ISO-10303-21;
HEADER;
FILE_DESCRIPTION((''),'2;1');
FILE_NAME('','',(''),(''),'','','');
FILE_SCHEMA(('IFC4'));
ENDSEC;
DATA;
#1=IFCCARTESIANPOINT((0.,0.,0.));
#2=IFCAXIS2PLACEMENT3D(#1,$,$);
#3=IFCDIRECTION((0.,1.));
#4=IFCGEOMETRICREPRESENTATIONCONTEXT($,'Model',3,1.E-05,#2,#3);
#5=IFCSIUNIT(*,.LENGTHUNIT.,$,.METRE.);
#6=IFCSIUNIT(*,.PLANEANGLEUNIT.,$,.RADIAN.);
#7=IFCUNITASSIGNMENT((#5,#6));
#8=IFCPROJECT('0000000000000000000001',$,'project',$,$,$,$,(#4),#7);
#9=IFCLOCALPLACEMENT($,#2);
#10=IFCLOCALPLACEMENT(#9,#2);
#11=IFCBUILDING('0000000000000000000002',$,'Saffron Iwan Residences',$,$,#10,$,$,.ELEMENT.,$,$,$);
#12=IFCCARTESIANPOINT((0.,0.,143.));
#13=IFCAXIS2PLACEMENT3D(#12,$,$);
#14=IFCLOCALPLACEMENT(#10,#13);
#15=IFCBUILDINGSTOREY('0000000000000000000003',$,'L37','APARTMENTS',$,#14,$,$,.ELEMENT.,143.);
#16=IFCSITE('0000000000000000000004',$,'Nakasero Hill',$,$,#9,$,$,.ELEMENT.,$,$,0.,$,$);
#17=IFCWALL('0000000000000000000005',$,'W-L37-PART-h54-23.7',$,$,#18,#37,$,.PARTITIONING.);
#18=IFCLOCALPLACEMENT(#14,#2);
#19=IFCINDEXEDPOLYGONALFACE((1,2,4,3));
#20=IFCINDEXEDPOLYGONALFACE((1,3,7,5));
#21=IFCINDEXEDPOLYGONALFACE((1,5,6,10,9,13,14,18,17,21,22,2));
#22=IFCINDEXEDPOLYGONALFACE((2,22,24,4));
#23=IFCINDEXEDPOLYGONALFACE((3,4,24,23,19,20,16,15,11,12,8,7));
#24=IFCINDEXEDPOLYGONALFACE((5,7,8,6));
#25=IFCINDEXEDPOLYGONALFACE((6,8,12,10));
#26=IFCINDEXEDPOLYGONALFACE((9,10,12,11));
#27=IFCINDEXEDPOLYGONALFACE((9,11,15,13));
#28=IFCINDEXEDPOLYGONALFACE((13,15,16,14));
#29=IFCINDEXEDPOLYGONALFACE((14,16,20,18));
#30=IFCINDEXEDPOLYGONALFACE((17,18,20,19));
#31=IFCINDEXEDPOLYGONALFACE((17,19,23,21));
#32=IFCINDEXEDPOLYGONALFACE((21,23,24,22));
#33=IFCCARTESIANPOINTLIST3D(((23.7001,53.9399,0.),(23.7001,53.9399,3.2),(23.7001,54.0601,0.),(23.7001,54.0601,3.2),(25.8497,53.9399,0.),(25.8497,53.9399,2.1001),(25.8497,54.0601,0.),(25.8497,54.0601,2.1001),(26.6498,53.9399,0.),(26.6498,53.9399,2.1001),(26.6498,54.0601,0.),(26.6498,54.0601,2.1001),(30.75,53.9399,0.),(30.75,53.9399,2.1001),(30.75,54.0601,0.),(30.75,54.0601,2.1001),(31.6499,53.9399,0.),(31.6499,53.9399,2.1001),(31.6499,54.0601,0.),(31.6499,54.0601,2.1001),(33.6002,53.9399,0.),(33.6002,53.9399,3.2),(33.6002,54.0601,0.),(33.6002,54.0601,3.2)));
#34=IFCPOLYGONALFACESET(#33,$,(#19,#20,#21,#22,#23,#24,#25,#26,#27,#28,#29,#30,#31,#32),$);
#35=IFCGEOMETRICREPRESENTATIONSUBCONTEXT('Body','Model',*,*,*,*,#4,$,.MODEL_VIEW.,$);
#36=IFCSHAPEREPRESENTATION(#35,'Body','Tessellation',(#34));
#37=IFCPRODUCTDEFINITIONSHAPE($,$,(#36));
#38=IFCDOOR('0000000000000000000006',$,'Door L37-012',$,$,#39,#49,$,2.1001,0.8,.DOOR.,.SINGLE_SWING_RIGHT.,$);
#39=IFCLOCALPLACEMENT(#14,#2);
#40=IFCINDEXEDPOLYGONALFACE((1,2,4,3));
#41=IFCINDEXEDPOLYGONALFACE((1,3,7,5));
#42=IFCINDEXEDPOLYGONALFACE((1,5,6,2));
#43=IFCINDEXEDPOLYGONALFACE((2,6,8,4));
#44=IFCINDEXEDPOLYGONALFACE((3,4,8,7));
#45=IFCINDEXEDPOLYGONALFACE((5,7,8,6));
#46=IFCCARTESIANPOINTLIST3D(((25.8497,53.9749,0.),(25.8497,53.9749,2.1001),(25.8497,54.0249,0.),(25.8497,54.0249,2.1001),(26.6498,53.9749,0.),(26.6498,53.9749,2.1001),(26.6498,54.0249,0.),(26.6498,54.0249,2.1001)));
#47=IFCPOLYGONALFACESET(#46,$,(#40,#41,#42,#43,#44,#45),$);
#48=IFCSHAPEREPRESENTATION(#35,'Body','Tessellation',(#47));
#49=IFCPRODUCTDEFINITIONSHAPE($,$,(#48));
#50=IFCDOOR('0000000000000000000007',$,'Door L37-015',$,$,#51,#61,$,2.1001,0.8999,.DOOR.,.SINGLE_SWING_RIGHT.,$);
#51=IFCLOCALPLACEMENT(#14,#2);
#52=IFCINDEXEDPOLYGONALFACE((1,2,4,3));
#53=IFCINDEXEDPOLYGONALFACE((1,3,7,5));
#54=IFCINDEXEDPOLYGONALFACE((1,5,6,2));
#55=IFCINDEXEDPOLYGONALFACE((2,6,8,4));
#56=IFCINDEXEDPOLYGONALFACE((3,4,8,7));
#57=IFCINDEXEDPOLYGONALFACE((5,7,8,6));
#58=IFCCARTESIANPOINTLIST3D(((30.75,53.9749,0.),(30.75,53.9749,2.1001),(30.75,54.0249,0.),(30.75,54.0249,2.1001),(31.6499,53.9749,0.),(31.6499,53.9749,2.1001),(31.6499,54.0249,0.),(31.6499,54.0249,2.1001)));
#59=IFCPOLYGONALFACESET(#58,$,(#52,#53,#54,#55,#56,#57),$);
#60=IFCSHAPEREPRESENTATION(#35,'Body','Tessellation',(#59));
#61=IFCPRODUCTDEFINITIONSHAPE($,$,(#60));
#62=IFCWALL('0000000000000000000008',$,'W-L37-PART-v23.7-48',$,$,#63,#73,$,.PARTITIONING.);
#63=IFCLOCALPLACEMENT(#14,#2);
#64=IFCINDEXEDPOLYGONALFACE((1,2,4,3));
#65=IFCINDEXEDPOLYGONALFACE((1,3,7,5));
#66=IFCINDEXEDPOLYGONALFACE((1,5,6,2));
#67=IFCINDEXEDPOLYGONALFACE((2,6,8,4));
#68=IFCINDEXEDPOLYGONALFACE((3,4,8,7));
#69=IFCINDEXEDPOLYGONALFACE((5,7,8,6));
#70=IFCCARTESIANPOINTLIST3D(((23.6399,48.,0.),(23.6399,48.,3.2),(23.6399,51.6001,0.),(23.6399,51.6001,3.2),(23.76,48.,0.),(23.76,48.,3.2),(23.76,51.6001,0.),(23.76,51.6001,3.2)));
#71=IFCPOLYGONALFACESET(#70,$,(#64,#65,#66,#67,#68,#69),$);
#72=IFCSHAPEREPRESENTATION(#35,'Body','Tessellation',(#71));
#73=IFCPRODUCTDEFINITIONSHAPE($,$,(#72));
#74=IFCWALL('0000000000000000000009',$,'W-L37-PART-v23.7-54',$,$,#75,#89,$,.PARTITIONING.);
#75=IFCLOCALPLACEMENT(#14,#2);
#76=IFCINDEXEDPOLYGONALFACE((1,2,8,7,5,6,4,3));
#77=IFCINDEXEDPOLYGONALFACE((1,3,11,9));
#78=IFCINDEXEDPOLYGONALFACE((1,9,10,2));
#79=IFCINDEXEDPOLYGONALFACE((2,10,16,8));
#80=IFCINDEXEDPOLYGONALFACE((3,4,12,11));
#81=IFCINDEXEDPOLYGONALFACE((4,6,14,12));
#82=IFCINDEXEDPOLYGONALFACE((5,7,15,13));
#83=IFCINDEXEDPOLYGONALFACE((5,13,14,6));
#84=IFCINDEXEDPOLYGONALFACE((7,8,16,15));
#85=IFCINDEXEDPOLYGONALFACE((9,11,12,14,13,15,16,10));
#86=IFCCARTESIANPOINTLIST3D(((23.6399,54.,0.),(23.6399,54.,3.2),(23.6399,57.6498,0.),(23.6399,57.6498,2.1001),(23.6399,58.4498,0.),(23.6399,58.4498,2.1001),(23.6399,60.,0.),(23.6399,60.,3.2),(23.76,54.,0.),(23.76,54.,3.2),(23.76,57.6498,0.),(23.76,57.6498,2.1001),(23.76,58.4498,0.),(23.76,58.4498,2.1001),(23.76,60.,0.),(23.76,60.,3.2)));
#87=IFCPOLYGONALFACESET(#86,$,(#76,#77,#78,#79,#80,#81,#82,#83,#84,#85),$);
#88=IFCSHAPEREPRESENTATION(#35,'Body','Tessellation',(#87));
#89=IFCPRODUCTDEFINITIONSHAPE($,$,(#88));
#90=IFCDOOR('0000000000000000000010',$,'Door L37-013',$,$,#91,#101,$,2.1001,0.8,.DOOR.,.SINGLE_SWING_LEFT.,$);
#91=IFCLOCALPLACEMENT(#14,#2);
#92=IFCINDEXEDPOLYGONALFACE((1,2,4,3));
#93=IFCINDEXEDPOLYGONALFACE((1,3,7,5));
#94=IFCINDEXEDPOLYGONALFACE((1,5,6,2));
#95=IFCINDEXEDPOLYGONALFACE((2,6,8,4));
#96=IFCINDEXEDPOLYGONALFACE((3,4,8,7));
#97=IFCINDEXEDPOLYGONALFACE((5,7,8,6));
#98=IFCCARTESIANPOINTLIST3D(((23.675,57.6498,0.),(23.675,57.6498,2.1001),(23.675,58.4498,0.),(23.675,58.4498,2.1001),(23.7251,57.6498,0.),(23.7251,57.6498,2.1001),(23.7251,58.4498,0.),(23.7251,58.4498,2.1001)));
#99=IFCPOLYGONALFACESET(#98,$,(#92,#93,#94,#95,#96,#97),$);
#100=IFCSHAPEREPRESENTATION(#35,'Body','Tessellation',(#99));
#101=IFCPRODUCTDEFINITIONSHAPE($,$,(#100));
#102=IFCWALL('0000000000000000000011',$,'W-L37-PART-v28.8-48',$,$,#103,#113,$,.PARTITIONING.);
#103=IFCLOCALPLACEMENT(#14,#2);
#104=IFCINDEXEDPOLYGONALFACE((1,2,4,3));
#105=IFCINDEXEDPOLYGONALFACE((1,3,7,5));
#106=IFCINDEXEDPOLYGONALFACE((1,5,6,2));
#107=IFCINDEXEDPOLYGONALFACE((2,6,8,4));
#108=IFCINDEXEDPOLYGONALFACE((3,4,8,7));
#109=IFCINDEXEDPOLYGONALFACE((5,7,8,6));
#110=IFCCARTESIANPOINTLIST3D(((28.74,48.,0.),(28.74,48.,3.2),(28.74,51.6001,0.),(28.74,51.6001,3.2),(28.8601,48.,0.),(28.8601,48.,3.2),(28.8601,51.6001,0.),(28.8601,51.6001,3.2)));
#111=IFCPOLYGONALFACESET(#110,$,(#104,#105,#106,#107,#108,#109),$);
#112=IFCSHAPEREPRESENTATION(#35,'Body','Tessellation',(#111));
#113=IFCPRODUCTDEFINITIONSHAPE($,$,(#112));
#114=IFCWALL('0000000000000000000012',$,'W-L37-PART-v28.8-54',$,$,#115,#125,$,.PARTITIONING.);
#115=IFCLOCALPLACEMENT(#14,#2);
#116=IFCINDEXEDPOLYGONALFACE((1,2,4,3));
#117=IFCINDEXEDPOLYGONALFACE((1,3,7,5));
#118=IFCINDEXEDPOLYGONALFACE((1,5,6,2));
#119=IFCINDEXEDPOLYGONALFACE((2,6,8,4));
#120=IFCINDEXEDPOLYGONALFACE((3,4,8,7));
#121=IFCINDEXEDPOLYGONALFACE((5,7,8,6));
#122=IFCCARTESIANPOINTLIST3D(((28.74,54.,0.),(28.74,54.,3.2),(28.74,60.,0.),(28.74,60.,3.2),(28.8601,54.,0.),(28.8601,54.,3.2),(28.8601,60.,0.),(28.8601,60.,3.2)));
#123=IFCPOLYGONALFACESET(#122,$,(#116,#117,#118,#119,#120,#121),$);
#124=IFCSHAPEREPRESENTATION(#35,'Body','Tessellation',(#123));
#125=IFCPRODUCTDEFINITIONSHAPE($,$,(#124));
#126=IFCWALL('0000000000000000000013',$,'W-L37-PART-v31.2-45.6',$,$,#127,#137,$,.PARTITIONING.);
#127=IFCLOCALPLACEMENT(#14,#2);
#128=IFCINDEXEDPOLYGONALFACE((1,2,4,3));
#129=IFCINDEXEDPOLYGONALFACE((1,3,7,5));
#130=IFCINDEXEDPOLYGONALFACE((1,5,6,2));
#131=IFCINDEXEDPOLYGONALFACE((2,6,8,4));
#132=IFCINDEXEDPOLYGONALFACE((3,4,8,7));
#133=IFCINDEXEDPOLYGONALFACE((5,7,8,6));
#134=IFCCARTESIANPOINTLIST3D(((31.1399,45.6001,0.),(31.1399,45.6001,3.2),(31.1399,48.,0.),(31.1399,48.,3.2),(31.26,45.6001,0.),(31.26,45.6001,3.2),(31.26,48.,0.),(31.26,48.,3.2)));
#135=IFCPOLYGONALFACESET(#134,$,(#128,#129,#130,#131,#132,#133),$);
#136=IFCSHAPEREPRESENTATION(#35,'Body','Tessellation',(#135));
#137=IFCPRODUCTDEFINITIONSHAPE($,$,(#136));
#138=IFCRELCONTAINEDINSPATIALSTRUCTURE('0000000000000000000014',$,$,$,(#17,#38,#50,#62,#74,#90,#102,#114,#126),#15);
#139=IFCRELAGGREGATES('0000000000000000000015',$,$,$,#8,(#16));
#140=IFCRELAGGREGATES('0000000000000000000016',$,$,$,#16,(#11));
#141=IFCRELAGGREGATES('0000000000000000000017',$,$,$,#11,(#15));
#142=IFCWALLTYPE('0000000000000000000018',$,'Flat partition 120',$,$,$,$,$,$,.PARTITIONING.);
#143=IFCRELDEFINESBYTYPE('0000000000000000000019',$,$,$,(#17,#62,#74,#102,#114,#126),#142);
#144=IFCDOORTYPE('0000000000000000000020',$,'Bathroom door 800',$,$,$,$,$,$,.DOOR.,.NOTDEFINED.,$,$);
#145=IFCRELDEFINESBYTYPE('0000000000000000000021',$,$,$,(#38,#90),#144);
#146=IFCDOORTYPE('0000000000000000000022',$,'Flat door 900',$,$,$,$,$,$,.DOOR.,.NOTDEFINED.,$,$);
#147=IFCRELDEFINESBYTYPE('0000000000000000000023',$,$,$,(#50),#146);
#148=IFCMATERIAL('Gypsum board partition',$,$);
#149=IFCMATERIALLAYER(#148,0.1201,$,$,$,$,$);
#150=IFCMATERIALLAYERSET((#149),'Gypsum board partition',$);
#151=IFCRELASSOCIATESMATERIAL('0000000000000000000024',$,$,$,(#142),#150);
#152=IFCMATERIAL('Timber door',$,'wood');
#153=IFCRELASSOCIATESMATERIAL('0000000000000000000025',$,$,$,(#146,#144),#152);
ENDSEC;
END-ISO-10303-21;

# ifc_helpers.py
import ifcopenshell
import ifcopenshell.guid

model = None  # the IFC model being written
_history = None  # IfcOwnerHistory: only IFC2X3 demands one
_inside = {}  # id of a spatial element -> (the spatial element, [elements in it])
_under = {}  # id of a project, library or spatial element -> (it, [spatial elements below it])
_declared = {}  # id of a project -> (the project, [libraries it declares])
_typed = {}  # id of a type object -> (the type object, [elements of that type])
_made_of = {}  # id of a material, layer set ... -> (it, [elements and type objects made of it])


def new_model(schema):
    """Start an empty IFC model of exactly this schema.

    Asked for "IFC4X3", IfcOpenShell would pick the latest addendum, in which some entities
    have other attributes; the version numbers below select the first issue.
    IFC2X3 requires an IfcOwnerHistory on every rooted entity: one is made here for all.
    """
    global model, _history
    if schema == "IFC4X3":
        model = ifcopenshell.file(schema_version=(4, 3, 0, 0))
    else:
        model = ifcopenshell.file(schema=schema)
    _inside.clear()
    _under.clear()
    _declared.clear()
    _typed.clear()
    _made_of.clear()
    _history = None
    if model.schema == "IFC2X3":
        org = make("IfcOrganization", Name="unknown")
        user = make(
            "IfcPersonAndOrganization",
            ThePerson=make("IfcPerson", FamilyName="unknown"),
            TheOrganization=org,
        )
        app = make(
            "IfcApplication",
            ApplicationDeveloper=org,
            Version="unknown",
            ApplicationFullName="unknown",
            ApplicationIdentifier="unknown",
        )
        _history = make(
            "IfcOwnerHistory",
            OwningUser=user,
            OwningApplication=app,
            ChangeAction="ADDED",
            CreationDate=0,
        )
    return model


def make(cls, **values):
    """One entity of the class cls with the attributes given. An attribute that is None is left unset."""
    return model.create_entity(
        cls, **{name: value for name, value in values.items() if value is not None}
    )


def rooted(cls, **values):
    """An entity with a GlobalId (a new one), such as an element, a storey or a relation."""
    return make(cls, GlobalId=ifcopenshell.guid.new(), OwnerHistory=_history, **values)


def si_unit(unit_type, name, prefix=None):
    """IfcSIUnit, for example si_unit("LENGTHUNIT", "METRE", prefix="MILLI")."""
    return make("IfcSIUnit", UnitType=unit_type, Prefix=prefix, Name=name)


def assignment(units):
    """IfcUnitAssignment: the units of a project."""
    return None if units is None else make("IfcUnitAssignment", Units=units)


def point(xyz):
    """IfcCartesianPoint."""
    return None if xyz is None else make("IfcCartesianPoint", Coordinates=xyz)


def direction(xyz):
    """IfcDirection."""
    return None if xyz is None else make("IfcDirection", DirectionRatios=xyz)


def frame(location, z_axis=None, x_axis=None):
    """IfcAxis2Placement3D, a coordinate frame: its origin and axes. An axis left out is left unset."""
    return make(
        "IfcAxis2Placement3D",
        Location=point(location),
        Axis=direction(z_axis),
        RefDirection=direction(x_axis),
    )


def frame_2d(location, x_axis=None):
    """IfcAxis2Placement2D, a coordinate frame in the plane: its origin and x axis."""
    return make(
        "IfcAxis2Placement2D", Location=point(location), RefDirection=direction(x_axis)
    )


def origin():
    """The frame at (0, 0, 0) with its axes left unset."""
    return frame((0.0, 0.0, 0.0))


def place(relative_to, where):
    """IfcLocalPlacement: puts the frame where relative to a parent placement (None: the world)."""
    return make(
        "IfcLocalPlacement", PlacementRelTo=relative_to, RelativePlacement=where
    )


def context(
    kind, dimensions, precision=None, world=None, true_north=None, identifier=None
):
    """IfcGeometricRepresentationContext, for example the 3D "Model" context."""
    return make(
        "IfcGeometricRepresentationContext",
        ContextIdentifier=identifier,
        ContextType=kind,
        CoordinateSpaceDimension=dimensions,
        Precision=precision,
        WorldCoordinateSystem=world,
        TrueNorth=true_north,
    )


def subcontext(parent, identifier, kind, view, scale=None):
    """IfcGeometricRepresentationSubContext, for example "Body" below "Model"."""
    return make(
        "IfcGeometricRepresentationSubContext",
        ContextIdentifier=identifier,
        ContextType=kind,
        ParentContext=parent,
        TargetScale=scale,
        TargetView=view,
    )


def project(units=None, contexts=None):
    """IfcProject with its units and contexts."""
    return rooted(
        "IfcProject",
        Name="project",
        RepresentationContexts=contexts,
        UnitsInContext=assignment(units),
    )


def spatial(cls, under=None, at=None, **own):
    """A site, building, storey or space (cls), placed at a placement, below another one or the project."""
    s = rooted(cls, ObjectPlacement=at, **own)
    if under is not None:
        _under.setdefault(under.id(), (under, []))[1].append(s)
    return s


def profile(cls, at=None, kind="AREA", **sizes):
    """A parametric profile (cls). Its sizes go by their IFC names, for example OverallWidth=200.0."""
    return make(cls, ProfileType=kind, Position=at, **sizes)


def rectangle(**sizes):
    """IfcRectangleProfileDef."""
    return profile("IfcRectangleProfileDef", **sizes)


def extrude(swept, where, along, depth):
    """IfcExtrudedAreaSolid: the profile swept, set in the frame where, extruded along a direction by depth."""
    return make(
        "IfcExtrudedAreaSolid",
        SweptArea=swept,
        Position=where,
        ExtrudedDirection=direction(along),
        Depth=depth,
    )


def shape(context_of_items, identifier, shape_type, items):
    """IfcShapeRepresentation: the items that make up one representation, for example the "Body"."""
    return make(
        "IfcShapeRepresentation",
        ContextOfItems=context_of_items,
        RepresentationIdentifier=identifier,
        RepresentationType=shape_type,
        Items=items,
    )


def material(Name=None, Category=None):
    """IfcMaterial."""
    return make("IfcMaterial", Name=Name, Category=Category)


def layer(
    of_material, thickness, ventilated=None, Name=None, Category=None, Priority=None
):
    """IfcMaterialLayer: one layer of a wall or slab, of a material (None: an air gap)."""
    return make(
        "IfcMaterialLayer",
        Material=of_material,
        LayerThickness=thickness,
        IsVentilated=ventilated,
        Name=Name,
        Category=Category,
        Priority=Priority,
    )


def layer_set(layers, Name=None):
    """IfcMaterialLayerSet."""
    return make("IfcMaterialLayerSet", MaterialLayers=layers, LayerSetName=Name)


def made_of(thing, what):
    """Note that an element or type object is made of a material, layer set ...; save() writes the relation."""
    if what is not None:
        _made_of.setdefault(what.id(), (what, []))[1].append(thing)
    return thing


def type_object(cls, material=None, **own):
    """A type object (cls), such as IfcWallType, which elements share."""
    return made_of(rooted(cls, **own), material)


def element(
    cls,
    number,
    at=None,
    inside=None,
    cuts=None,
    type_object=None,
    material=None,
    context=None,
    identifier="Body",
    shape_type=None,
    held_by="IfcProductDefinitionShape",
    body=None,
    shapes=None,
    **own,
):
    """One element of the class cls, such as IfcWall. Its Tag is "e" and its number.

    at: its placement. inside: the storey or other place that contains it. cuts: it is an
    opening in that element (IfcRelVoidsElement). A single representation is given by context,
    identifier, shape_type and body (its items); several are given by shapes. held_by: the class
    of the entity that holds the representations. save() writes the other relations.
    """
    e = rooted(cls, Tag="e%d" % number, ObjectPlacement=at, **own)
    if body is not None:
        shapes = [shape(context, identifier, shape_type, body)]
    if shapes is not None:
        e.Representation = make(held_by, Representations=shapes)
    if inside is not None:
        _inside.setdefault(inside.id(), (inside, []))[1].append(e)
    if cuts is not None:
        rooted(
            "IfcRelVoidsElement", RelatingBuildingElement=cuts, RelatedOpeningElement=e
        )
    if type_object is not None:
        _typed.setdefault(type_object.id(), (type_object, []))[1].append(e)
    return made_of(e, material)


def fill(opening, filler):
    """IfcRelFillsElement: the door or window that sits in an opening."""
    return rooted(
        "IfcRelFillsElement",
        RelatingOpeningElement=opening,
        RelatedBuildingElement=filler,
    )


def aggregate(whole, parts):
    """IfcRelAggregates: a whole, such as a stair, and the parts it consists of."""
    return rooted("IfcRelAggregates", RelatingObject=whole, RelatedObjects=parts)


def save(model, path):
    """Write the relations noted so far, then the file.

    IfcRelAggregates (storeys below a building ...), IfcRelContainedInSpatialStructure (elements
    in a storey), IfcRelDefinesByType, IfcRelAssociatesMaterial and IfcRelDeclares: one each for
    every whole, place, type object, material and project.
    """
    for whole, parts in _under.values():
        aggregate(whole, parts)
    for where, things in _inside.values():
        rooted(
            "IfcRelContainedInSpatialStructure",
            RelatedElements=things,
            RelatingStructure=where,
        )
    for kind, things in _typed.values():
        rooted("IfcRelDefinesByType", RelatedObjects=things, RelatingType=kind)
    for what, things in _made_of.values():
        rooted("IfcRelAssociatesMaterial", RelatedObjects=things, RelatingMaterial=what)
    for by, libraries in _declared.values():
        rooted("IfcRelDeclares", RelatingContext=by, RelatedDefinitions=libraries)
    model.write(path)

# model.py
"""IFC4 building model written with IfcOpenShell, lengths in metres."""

from ifc_helpers import new_model, si_unit, direction, frame, frame_2d, origin, place, context, subcontext, project, spatial, rectangle, extrude, material, layer, layer_set, type_object, element, fill, save


model = new_model("IFC4")

# Units and contexts
model_context = context("Model", 3, precision=1e-05, world=origin(), true_north=direction((0.0, 1.0)))
body_context = subcontext(model_context, "Body", "Model", "MODEL_VIEW")
ifc_project = project(units=[si_unit("LENGTHUNIT", "METRE"), si_unit("PLANEANGLEUNIT", "RADIAN")], contexts=[model_context])

# Site, building, storey
site_placement = place(None, origin())
site = spatial("IfcSite", under=ifc_project, at=site_placement, Name="Nakasero Hill", CompositionType="ELEMENT", RefElevation=0.0)
building_placement = place(site_placement, origin())
building = spatial("IfcBuilding", under=site, at=building_placement, Name="Saffron Iwan Residences", CompositionType="ELEMENT")
storey_placement = place(building_placement, frame((0.0, 0.0, 143.0)))
storey = spatial("IfcBuildingStorey", under=building, at=storey_placement, Name="L37", Description="APARTMENTS", CompositionType="ELEMENT", Elevation=143.0)

# Shared definitions
ifc_material_1 = material(Name="Gypsum board partition")
ifc_layer = layer(ifc_material_1, 0.1201)
ifc_layer_set = layer_set([ifc_layer], Name="Gypsum board partition")
wall_type = type_object("IfcWallType", Name="Flat partition 120", PredefinedType="PARTITIONING", material=ifc_layer_set)
ifc_material_2 = material(Name="Timber door", Category="wood")
door_type_1 = type_object("IfcDoorType", Name="Flat door 900", OperationType="NOTDEFINED", PredefinedType="DOOR", material=ifc_material_2)

# Wall, openings, doors
wall_1_placement = place(storey_placement, frame((23.7, 54.0, 0.0), z_axis=(0.0, 0.0, 1.0), x_axis=(1.0, 0.0, 0.0)))
wall_1 = element("IfcWall", 1, at=wall_1_placement, inside=storey, type_object=wall_type, Name="W-L37-PART-h54-23.7", PredefinedType="PARTITIONING", context=body_context, shape_type="SweptSolid", body=[
    extrude(rectangle(XDim=9.9001, YDim=0.1201, at=frame_2d((4.9502, 0.0))), origin(), (0.0, 0.0, 1.0), 3.2),
])
opening_1_placement = place(wall_1_placement, frame((2.1499, 0.0, 0.0)))
opening_1 = element("IfcOpeningElement", 2, at=opening_1_placement, cuts=wall_1, PredefinedType="OPENING", context=body_context, shape_type="SweptSolid", body=[
    extrude(rectangle(XDim=0.8, YDim=2.1001, at=frame_2d((0.3999, 1.05))), frame((0.0, 0.0701, 0.0), z_axis=(0.0, -1.0, 0.0), x_axis=(1.0, 0.0, 0.0)), (0.0, 0.0, 1.0), 0.1401),
])
opening_2_placement = place(wall_1_placement, frame((7.05, 0.0, 0.0)))
opening_2 = element("IfcOpeningElement", 3, at=opening_2_placement, cuts=wall_1, PredefinedType="OPENING", context=body_context, shape_type="SweptSolid", body=[
    extrude(rectangle(XDim=0.8999, YDim=2.1001, at=frame_2d((0.45, 1.05))), frame((0.0, 0.0701, 0.0), z_axis=(0.0, -1.0, 0.0), x_axis=(1.0, 0.0, 0.0)), (0.0, 0.0, 1.0), 0.1401),
])
door_type_2 = type_object("IfcDoorType", Name="Bathroom door 800", OperationType="NOTDEFINED", PredefinedType="DOOR", material=ifc_material_2)
door_1_placement = place(opening_1_placement, origin())
door_1 = element("IfcDoor", 4, at=door_1_placement, inside=storey, type_object=door_type_2, Name="Door L37-012", OperationType="SINGLE_SWING_RIGHT", OverallHeight=2.1001, OverallWidth=0.8, PredefinedType="DOOR", context=body_context, shape_type="SweptSolid", body=[
    extrude(rectangle(XDim=0.8, YDim=2.1001, at=frame_2d((0.3999, 1.05))), frame((0.0, 0.0249, 0.0), z_axis=(0.0, -1.0, 0.0), x_axis=(1.0, 0.0, 0.0)), (0.0, 0.0, 1.0), 0.05),
])
fill(opening_1, door_1)
door_2_placement = place(opening_2_placement, origin())
door_2 = element("IfcDoor", 5, at=door_2_placement, inside=storey, type_object=door_type_1, Name="Door L37-015", OperationType="SINGLE_SWING_RIGHT", OverallHeight=2.1001, OverallWidth=0.8999, PredefinedType="DOOR", context=body_context, shape_type="SweptSolid", body=[
    extrude(rectangle(XDim=0.8999, YDim=2.1001, at=frame_2d((0.45, 1.05))), frame((0.0, 0.0249, 0.0), z_axis=(0.0, -1.0, 0.0), x_axis=(1.0, 0.0, 0.0)), (0.0, 0.0, 1.0), 0.05),
])
fill(opening_2, door_2)

# Wall
wall_2_placement = place(storey_placement, frame((23.7, 48.0, 0.0), z_axis=(0.0, 0.0, 1.0), x_axis=(0.0, 1.0, 0.0)))
element("IfcWall", 6, at=wall_2_placement, inside=storey, type_object=wall_type, Name="W-L37-PART-v23.7-48", PredefinedType="PARTITIONING", context=body_context, shape_type="SweptSolid", body=[
    extrude(rectangle(XDim=3.6001, YDim=0.1201, at=frame_2d((1.8, 0.0))), origin(), (0.0, 0.0, 1.0), 3.2),
])

# Wall, opening, door
wall_3_placement = place(storey_placement, frame((23.7, 54.0, 0.0), z_axis=(0.0, 0.0, 1.0), x_axis=(0.0, 1.0, 0.0)))
wall_3 = element("IfcWall", 7, at=wall_3_placement, inside=storey, type_object=wall_type, Name="W-L37-PART-v23.7-54", PredefinedType="PARTITIONING", context=body_context, shape_type="SweptSolid", body=[
    extrude(rectangle(XDim=6.0, YDim=0.1201, at=frame_2d((3.0, 0.0))), origin(), (0.0, 0.0, 1.0), 3.2),
])
opening_3_placement = place(wall_3_placement, frame((3.6499, 0.0, 0.0)))
opening_3 = element("IfcOpeningElement", 8, at=opening_3_placement, cuts=wall_3, PredefinedType="OPENING", context=body_context, shape_type="SweptSolid", body=[
    extrude(rectangle(XDim=0.8, YDim=2.1001, at=frame_2d((0.3999, 1.05))), frame((0.0, 0.0701, 0.0), z_axis=(0.0, -1.0, 0.0), x_axis=(1.0, 0.0, 0.0)), (0.0, 0.0, 1.0), 0.1401),
])
door_3_placement = place(opening_3_placement, origin())
door_3 = element("IfcDoor", 9, at=door_3_placement, inside=storey, type_object=door_type_2, Name="Door L37-013", OperationType="SINGLE_SWING_LEFT", OverallHeight=2.1001, OverallWidth=0.8, PredefinedType="DOOR", context=body_context, shape_type="SweptSolid", body=[
    extrude(rectangle(XDim=0.8, YDim=2.1001, at=frame_2d((0.3999, 1.05))), frame((0.0, 0.0249, 0.0), z_axis=(0.0, -1.0, 0.0), x_axis=(1.0, 0.0, 0.0)), (0.0, 0.0, 1.0), 0.05),
])
fill(opening_3, door_3)

# Walls
wall_4_placement = place(storey_placement, frame((28.8, 48.0, 0.0), z_axis=(0.0, 0.0, 1.0), x_axis=(0.0, 1.0, 0.0)))
element("IfcWall", 10, at=wall_4_placement, inside=storey, type_object=wall_type, Name="W-L37-PART-v28.8-48", PredefinedType="PARTITIONING", context=body_context, shape_type="SweptSolid", body=[
    extrude(rectangle(XDim=3.6001, YDim=0.1201, at=frame_2d((1.8, 0.0))), origin(), (0.0, 0.0, 1.0), 3.2),
])
wall_5_placement = place(storey_placement, frame((28.8, 54.0, 0.0), z_axis=(0.0, 0.0, 1.0), x_axis=(0.0, 1.0, 0.0)))
element("IfcWall", 11, at=wall_5_placement, inside=storey, type_object=wall_type, Name="W-L37-PART-v28.8-54", PredefinedType="PARTITIONING", context=body_context, shape_type="SweptSolid", body=[
    extrude(rectangle(XDim=6.0, YDim=0.1201, at=frame_2d((3.0, 0.0))), origin(), (0.0, 0.0, 1.0), 3.2),
])
wall_6_placement = place(storey_placement, frame((31.2, 45.6001, 0.0), z_axis=(0.0, 0.0, 1.0), x_axis=(0.0, 1.0, 0.0)))
element("IfcWall", 12, at=wall_6_placement, inside=storey, type_object=wall_type, Name="W-L37-PART-v31.2-45.6", PredefinedType="PARTITIONING", context=body_context, shape_type="SweptSolid", body=[
    extrude(rectangle(XDim=2.3999, YDim=0.1201, at=frame_2d((1.2, 0.0))), origin(), (0.0, 0.0, 1.0), 3.2),
])

save(model, "model.ifc")
